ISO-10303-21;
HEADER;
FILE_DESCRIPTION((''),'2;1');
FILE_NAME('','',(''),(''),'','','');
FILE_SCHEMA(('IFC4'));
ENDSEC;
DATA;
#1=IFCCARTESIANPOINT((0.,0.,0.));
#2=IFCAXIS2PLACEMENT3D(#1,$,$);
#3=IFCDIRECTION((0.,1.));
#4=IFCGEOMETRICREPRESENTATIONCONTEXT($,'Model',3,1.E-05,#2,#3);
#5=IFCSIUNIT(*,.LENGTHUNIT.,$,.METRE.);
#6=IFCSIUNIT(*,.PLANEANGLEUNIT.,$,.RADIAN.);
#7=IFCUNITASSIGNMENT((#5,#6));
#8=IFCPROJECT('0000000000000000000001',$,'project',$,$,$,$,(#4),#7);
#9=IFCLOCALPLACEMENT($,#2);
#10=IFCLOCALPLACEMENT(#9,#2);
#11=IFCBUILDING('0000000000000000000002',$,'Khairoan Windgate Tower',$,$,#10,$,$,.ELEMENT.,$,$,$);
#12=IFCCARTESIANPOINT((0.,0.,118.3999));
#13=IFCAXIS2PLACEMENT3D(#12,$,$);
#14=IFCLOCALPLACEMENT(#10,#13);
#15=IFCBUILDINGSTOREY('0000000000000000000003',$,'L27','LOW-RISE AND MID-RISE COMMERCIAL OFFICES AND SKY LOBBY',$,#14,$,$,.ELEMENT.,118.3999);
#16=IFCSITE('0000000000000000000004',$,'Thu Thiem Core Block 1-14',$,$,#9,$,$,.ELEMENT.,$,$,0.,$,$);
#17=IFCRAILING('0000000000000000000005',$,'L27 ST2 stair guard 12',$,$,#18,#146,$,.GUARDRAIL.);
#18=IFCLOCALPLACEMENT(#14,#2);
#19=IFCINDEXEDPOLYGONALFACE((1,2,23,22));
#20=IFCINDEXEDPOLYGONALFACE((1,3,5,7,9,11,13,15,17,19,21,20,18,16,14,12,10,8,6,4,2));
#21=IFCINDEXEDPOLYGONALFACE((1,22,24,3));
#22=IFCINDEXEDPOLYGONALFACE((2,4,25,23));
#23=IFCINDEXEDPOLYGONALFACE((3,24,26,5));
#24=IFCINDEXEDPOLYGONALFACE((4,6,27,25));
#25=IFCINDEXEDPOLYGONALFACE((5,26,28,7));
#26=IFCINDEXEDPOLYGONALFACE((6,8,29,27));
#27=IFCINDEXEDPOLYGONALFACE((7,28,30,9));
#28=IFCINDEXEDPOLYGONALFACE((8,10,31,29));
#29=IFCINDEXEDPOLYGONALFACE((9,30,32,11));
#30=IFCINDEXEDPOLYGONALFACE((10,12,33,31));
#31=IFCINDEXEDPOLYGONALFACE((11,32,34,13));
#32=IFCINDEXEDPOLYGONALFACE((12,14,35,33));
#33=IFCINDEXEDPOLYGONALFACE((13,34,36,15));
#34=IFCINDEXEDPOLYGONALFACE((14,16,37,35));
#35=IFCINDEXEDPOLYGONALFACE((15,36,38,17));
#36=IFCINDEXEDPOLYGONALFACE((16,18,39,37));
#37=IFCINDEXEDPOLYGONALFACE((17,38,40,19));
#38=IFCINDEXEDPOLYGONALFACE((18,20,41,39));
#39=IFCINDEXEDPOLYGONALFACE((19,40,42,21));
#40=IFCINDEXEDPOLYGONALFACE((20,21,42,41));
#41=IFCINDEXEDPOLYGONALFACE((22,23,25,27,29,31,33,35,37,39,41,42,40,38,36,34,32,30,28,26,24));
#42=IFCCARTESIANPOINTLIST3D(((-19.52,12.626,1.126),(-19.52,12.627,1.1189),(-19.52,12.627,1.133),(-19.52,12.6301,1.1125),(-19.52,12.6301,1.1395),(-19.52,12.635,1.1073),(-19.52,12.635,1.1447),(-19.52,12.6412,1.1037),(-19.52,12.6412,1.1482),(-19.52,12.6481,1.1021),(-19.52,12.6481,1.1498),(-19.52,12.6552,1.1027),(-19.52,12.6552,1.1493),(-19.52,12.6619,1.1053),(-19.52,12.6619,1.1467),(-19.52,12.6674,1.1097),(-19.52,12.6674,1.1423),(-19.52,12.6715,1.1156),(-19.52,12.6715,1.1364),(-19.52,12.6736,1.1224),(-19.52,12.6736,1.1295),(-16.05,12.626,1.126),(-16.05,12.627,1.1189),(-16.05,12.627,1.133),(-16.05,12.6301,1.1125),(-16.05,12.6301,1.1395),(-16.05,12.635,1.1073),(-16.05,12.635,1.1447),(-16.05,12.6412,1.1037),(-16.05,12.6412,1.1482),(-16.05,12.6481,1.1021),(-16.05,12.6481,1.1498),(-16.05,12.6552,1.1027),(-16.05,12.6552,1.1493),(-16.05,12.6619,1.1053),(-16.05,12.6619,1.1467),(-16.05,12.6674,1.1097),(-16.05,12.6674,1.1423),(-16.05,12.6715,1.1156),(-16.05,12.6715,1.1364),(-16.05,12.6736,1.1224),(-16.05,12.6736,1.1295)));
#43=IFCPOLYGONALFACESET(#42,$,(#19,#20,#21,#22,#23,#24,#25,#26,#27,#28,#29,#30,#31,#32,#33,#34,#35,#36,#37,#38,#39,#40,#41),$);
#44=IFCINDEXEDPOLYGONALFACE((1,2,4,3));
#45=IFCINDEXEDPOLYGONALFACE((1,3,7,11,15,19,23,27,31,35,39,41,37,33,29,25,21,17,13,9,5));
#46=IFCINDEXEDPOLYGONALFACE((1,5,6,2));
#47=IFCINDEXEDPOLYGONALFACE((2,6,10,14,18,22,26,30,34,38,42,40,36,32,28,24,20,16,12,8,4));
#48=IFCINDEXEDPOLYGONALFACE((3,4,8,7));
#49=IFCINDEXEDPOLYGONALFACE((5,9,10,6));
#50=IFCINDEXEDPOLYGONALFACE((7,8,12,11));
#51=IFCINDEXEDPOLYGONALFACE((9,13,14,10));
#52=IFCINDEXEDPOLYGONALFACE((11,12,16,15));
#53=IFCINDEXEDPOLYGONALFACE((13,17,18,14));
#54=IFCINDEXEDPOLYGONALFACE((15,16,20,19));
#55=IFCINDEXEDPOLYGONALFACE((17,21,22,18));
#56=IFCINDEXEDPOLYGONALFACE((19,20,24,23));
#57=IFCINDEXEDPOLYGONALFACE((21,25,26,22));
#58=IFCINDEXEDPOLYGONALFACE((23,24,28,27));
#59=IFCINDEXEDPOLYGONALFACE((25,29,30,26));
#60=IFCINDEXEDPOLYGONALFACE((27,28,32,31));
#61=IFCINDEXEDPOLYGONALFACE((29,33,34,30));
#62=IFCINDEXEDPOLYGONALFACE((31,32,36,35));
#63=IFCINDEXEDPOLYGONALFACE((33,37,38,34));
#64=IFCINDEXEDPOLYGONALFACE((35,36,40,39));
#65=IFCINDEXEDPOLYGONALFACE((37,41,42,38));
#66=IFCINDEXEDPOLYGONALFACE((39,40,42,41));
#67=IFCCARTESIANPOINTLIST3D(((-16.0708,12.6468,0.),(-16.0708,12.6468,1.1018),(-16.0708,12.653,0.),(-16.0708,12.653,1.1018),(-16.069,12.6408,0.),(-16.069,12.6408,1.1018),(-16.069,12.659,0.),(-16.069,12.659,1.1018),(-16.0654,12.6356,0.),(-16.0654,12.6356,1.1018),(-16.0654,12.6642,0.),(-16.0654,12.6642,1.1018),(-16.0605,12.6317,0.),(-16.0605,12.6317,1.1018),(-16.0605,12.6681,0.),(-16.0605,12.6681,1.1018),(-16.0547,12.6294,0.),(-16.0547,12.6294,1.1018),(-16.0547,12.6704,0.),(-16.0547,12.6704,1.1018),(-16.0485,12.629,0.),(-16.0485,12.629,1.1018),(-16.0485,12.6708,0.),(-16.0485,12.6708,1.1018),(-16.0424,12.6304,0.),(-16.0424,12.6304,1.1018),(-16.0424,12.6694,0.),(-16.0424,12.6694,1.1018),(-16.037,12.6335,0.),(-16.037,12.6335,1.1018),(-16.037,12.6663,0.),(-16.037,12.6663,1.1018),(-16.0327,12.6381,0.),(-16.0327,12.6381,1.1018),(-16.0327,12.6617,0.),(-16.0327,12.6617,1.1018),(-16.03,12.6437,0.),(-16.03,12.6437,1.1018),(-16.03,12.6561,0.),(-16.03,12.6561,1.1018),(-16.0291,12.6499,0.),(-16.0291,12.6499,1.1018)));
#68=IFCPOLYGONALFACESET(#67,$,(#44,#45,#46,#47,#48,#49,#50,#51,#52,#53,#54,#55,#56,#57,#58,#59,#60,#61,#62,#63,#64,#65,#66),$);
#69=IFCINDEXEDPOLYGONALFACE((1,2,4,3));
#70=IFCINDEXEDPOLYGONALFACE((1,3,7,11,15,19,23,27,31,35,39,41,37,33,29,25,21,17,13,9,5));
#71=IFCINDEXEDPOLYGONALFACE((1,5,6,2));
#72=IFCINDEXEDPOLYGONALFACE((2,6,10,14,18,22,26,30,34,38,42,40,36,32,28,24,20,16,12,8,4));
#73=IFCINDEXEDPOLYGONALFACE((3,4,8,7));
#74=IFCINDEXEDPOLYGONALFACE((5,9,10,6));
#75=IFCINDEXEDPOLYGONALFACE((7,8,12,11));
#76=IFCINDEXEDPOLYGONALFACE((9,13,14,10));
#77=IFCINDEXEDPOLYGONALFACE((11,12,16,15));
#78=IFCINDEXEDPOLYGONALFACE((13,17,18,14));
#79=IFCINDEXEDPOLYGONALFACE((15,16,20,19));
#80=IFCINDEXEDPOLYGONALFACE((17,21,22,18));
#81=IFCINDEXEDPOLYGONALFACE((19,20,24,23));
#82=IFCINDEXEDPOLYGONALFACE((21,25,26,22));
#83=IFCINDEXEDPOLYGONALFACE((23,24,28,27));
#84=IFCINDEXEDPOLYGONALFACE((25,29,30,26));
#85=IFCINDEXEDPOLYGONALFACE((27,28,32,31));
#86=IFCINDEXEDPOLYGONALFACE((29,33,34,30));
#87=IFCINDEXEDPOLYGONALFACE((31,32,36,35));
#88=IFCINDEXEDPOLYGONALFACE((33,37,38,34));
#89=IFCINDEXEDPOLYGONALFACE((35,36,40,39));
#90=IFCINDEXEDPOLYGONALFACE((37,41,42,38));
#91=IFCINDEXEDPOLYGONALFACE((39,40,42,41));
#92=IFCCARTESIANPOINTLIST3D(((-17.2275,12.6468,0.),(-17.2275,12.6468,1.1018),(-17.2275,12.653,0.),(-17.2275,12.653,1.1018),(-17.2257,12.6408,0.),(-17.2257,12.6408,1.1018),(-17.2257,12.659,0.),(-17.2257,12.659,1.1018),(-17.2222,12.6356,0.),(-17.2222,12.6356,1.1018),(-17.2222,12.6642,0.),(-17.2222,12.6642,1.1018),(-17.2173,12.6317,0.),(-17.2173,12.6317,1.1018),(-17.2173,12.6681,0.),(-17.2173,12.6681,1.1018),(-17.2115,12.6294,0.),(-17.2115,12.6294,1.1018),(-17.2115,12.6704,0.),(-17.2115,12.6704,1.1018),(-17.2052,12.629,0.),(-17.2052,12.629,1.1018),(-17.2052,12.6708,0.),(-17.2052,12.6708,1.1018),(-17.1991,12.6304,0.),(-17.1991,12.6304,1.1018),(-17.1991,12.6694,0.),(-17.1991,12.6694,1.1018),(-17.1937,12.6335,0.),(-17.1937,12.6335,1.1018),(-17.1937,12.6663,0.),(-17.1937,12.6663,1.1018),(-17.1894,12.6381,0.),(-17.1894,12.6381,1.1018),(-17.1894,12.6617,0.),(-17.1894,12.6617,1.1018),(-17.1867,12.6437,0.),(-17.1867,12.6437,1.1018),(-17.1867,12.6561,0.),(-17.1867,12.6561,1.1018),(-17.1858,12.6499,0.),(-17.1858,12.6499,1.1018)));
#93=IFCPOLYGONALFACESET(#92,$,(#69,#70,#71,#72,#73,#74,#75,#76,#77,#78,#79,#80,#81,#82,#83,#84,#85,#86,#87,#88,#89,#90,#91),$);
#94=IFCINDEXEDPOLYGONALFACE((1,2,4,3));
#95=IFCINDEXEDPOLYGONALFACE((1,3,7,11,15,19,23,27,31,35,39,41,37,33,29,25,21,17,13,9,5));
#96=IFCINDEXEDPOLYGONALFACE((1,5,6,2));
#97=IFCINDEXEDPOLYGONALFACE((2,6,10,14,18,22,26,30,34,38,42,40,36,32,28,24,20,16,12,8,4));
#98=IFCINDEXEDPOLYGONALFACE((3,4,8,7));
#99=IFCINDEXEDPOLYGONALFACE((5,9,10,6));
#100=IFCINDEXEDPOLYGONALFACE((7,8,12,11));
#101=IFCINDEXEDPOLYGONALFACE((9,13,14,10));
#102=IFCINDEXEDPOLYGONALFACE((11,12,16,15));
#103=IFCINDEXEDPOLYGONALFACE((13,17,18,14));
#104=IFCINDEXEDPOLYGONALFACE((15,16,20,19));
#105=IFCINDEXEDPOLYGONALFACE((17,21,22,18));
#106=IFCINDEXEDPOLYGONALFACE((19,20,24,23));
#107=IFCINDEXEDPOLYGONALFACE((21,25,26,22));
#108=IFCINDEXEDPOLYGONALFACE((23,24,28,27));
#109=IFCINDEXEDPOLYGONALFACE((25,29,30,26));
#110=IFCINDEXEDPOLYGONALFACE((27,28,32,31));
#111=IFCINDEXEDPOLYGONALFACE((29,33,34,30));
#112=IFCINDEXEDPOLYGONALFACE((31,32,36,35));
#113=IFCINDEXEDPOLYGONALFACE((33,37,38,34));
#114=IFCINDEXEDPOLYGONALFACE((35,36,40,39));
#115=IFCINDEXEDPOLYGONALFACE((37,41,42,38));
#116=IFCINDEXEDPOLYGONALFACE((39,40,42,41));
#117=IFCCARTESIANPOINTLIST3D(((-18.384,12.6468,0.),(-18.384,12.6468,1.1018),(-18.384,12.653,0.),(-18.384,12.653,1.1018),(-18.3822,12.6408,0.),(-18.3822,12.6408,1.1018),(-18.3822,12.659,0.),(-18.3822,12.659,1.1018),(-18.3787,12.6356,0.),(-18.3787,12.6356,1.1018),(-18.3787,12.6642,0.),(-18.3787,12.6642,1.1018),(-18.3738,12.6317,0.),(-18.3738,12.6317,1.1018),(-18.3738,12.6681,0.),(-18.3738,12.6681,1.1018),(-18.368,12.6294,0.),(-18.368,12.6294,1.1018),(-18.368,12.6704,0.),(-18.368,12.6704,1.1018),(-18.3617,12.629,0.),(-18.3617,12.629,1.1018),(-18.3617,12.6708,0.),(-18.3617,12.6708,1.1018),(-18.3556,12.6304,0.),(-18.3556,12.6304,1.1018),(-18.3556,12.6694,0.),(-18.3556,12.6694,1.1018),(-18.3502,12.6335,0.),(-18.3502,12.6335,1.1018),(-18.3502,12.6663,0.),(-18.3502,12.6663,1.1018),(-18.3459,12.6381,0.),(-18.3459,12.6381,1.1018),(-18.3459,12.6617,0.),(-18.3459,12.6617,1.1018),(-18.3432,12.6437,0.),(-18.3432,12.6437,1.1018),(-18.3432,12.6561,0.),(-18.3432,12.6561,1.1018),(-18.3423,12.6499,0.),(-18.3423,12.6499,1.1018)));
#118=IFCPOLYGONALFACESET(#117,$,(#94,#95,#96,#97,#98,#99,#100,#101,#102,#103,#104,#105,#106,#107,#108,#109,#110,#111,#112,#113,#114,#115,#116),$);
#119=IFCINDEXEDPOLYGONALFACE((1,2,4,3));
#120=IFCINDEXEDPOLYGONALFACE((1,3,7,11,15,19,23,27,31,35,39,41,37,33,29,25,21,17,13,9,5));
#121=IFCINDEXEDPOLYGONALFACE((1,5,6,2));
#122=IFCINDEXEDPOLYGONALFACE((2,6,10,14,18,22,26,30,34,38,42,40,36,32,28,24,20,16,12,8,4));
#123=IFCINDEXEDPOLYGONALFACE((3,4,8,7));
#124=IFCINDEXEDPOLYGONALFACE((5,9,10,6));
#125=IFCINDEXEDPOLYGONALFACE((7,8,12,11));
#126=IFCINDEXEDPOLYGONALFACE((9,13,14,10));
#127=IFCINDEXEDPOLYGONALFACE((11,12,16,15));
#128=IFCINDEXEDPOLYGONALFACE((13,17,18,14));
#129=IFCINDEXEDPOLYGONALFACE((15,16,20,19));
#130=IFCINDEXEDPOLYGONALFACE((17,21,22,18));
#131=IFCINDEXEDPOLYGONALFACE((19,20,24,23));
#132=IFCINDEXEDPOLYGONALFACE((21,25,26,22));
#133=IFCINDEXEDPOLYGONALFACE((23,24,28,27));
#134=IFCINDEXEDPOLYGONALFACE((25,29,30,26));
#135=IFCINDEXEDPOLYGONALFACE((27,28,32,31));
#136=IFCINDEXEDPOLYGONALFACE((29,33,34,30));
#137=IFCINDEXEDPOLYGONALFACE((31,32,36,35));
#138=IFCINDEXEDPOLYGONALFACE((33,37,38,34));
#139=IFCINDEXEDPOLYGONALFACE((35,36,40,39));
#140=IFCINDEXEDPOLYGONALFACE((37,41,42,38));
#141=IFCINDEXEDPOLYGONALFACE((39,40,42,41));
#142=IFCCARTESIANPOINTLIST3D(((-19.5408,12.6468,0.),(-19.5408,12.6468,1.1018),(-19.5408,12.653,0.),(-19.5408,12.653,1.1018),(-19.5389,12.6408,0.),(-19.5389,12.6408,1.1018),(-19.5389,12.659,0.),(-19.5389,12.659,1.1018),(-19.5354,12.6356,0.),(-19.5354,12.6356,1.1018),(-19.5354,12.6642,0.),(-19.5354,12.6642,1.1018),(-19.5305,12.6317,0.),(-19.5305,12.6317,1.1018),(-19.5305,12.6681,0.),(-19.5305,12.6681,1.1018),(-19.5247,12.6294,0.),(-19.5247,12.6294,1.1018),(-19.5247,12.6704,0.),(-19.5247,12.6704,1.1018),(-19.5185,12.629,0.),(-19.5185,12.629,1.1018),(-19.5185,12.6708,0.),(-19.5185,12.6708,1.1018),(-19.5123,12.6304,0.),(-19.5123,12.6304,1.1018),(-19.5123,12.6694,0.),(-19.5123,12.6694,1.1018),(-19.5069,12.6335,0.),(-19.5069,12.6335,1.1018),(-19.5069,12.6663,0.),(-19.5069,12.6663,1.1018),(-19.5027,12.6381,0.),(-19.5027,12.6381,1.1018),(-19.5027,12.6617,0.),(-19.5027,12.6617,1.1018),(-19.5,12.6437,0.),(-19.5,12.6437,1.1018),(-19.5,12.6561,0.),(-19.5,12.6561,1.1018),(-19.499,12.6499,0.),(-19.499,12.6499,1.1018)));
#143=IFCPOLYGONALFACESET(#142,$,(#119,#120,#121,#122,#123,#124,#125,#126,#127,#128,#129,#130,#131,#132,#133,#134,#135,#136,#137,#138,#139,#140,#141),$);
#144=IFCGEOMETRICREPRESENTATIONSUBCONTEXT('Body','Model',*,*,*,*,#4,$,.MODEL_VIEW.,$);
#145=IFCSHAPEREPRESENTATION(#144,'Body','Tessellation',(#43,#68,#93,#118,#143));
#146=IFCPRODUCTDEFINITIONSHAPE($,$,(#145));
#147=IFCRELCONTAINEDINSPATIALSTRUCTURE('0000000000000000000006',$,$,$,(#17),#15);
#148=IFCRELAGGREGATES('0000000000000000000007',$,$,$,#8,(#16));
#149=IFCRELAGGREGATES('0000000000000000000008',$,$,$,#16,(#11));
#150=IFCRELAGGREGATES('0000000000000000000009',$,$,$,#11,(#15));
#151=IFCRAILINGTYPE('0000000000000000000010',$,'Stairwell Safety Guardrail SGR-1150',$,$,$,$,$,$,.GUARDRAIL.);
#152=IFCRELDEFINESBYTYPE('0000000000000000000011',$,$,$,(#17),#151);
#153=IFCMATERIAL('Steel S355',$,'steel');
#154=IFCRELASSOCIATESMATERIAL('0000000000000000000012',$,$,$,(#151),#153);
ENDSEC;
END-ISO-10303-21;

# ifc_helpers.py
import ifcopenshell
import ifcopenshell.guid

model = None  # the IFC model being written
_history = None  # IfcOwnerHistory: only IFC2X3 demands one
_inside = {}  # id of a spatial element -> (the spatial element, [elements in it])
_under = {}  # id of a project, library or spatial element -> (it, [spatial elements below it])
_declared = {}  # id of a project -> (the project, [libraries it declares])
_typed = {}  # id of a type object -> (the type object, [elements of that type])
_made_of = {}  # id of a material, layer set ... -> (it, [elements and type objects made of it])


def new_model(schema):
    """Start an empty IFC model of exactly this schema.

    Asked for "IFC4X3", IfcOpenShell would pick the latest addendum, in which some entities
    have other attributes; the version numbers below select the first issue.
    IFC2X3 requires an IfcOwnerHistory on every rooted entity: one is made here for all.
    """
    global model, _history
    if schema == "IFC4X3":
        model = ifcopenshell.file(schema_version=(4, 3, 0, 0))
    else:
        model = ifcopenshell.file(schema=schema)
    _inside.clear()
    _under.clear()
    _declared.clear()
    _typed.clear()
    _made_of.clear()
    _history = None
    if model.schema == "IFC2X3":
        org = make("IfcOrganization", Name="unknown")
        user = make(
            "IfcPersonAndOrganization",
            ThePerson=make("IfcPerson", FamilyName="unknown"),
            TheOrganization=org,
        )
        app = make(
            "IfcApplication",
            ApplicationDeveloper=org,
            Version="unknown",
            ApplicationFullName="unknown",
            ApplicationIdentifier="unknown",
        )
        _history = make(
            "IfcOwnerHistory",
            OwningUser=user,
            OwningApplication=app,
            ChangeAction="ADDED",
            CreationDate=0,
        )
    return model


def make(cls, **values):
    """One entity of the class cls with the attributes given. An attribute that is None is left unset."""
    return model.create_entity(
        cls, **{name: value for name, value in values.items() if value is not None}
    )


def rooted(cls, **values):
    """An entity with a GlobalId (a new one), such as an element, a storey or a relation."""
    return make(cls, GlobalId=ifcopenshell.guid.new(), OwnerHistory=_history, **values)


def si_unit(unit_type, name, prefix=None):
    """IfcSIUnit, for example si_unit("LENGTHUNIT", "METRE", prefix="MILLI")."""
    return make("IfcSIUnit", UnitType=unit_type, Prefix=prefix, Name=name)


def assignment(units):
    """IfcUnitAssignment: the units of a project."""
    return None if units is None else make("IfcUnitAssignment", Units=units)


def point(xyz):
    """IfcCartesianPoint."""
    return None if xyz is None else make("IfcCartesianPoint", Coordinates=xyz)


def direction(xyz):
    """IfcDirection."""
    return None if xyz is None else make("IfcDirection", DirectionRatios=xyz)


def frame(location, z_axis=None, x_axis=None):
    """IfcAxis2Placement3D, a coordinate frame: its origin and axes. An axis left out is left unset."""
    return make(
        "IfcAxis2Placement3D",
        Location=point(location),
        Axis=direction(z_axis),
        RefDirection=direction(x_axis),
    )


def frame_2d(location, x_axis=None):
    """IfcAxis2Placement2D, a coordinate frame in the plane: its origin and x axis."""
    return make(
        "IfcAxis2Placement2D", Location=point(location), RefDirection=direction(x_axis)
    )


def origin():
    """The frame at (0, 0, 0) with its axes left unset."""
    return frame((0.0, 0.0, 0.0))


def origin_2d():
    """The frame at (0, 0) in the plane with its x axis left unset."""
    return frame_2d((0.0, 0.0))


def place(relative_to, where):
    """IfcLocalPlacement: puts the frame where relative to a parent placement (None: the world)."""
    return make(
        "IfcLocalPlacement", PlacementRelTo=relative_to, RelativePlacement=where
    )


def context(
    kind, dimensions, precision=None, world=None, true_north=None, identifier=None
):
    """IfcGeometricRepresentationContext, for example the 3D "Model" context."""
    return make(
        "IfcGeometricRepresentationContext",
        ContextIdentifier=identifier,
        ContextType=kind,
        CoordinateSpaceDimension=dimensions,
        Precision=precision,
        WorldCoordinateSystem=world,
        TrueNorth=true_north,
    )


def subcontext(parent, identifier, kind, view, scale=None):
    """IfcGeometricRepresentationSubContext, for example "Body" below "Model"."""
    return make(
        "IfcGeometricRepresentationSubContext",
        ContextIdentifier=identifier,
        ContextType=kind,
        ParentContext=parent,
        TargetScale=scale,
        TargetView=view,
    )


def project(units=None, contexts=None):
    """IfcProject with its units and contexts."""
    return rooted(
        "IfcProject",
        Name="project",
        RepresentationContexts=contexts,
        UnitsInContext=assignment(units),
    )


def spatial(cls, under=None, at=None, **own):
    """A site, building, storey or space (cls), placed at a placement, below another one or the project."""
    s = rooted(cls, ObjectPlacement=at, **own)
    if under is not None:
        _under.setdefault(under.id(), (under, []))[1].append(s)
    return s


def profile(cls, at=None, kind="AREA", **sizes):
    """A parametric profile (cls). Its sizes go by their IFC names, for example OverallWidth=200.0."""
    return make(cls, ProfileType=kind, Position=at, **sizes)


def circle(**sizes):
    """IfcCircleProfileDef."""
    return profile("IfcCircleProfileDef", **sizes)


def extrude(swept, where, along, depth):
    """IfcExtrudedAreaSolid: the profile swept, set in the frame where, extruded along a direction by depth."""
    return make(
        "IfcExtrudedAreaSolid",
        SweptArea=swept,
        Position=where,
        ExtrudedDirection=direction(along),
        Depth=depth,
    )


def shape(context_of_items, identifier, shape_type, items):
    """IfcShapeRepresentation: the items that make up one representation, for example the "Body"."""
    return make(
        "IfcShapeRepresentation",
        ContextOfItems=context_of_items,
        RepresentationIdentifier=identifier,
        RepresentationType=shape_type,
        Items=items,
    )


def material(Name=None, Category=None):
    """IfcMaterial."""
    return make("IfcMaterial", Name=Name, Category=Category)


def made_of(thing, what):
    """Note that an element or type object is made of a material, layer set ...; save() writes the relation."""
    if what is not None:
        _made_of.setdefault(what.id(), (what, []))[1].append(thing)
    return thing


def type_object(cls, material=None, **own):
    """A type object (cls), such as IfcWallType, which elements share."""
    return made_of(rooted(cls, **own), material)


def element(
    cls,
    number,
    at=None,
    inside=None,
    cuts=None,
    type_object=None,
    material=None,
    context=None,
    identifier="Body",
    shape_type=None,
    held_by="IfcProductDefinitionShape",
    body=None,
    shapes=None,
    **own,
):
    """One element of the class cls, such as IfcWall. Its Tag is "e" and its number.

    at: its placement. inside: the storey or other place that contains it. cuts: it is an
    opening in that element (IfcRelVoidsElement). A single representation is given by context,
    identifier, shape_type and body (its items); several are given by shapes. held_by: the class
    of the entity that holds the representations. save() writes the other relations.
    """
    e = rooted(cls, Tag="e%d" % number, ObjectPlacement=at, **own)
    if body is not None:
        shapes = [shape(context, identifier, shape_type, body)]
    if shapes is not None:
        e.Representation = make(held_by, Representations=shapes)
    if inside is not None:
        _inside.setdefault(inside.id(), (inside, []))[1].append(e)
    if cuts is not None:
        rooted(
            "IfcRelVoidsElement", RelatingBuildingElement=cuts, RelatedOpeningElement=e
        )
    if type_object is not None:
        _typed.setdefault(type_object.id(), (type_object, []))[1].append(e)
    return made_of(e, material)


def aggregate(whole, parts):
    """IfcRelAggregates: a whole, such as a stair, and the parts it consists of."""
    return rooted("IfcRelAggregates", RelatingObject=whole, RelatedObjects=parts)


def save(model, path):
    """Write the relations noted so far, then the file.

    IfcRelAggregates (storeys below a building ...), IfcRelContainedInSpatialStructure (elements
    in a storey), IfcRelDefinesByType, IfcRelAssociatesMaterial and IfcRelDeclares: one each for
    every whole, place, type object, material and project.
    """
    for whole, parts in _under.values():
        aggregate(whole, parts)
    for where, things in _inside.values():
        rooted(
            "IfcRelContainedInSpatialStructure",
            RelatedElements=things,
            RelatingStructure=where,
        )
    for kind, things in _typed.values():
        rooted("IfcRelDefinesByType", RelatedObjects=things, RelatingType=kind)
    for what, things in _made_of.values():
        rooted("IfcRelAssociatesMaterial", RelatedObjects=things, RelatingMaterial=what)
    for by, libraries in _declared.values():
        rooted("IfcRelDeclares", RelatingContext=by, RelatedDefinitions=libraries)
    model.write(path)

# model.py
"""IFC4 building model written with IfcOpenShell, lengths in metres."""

from ifc_helpers import new_model, si_unit, direction, frame, origin, origin_2d, place, context, subcontext, project, spatial, circle, extrude, material, type_object, element, save


model = new_model("IFC4")

# Units and contexts
model_context = context("Model", 3, precision=1e-05, world=origin(), true_north=direction((0.0, 1.0)))
body_context = subcontext(model_context, "Body", "Model", "MODEL_VIEW")
ifc_project = project(units=[si_unit("LENGTHUNIT", "METRE"), si_unit("PLANEANGLEUNIT", "RADIAN")], contexts=[model_context])

# Site, building, storey
site_placement = place(None, origin())
site = spatial("IfcSite", under=ifc_project, at=site_placement, Name="Thu Thiem Core Block 1-14", CompositionType="ELEMENT", RefElevation=0.0)
building_placement = place(site_placement, origin())
building = spatial("IfcBuilding", under=site, at=building_placement, Name="Khairoan Windgate Tower", CompositionType="ELEMENT")
storey_placement = place(building_placement, frame((0.0, 0.0, 118.3999)))
storey = spatial("IfcBuildingStorey", under=building, at=storey_placement, Name="L27", Description="LOW-RISE AND MID-RISE COMMERCIAL OFFICES AND SKY LOBBY", CompositionType="ELEMENT", Elevation=118.3999)

# Railing
ifc_material_1 = material(Name="Steel S355", Category="steel")
railing_type = type_object("IfcRailingType", Name="Stairwell Safety Guardrail SGR-1150", PredefinedType="GUARDRAIL", material=ifc_material_1)
railing_1_placement = place(storey_placement, frame((-16.05, 12.6499, 0.0)))
element("IfcRailing", 1, at=railing_1_placement, inside=storey, type_object=railing_type, Name="L27 ST2 stair guard 12", PredefinedType="GUARDRAIL", context=body_context, shape_type="SweptSolid", body=[
    extrude(circle(Radius=0.0239, at=origin_2d()), frame((0.0, 0.0, 1.126), z_axis=(-1.0, 0.0, 0.0), x_axis=(0.0, -1.0, 0.0)), (0.0, 0.0, 1.0), 3.47),
    extrude(circle(Radius=0.021, at=origin_2d()), origin(), (0.0, 0.0, 1.0), 1.1018),
    extrude(circle(Radius=0.021, at=origin_2d()), frame((-1.1567, 0.0, 0.0)), (0.0, 0.0, 1.0), 1.1018),
    extrude(circle(Radius=0.021, at=origin_2d()), frame((-2.3132, 0.0, 0.0)), (0.0, 0.0, 1.0), 1.1018),
    extrude(circle(Radius=0.021, at=origin_2d()), frame((-3.47, 0.0, 0.0)), (0.0, 0.0, 1.0), 1.1018),
])

save(model, "model.ifc")
